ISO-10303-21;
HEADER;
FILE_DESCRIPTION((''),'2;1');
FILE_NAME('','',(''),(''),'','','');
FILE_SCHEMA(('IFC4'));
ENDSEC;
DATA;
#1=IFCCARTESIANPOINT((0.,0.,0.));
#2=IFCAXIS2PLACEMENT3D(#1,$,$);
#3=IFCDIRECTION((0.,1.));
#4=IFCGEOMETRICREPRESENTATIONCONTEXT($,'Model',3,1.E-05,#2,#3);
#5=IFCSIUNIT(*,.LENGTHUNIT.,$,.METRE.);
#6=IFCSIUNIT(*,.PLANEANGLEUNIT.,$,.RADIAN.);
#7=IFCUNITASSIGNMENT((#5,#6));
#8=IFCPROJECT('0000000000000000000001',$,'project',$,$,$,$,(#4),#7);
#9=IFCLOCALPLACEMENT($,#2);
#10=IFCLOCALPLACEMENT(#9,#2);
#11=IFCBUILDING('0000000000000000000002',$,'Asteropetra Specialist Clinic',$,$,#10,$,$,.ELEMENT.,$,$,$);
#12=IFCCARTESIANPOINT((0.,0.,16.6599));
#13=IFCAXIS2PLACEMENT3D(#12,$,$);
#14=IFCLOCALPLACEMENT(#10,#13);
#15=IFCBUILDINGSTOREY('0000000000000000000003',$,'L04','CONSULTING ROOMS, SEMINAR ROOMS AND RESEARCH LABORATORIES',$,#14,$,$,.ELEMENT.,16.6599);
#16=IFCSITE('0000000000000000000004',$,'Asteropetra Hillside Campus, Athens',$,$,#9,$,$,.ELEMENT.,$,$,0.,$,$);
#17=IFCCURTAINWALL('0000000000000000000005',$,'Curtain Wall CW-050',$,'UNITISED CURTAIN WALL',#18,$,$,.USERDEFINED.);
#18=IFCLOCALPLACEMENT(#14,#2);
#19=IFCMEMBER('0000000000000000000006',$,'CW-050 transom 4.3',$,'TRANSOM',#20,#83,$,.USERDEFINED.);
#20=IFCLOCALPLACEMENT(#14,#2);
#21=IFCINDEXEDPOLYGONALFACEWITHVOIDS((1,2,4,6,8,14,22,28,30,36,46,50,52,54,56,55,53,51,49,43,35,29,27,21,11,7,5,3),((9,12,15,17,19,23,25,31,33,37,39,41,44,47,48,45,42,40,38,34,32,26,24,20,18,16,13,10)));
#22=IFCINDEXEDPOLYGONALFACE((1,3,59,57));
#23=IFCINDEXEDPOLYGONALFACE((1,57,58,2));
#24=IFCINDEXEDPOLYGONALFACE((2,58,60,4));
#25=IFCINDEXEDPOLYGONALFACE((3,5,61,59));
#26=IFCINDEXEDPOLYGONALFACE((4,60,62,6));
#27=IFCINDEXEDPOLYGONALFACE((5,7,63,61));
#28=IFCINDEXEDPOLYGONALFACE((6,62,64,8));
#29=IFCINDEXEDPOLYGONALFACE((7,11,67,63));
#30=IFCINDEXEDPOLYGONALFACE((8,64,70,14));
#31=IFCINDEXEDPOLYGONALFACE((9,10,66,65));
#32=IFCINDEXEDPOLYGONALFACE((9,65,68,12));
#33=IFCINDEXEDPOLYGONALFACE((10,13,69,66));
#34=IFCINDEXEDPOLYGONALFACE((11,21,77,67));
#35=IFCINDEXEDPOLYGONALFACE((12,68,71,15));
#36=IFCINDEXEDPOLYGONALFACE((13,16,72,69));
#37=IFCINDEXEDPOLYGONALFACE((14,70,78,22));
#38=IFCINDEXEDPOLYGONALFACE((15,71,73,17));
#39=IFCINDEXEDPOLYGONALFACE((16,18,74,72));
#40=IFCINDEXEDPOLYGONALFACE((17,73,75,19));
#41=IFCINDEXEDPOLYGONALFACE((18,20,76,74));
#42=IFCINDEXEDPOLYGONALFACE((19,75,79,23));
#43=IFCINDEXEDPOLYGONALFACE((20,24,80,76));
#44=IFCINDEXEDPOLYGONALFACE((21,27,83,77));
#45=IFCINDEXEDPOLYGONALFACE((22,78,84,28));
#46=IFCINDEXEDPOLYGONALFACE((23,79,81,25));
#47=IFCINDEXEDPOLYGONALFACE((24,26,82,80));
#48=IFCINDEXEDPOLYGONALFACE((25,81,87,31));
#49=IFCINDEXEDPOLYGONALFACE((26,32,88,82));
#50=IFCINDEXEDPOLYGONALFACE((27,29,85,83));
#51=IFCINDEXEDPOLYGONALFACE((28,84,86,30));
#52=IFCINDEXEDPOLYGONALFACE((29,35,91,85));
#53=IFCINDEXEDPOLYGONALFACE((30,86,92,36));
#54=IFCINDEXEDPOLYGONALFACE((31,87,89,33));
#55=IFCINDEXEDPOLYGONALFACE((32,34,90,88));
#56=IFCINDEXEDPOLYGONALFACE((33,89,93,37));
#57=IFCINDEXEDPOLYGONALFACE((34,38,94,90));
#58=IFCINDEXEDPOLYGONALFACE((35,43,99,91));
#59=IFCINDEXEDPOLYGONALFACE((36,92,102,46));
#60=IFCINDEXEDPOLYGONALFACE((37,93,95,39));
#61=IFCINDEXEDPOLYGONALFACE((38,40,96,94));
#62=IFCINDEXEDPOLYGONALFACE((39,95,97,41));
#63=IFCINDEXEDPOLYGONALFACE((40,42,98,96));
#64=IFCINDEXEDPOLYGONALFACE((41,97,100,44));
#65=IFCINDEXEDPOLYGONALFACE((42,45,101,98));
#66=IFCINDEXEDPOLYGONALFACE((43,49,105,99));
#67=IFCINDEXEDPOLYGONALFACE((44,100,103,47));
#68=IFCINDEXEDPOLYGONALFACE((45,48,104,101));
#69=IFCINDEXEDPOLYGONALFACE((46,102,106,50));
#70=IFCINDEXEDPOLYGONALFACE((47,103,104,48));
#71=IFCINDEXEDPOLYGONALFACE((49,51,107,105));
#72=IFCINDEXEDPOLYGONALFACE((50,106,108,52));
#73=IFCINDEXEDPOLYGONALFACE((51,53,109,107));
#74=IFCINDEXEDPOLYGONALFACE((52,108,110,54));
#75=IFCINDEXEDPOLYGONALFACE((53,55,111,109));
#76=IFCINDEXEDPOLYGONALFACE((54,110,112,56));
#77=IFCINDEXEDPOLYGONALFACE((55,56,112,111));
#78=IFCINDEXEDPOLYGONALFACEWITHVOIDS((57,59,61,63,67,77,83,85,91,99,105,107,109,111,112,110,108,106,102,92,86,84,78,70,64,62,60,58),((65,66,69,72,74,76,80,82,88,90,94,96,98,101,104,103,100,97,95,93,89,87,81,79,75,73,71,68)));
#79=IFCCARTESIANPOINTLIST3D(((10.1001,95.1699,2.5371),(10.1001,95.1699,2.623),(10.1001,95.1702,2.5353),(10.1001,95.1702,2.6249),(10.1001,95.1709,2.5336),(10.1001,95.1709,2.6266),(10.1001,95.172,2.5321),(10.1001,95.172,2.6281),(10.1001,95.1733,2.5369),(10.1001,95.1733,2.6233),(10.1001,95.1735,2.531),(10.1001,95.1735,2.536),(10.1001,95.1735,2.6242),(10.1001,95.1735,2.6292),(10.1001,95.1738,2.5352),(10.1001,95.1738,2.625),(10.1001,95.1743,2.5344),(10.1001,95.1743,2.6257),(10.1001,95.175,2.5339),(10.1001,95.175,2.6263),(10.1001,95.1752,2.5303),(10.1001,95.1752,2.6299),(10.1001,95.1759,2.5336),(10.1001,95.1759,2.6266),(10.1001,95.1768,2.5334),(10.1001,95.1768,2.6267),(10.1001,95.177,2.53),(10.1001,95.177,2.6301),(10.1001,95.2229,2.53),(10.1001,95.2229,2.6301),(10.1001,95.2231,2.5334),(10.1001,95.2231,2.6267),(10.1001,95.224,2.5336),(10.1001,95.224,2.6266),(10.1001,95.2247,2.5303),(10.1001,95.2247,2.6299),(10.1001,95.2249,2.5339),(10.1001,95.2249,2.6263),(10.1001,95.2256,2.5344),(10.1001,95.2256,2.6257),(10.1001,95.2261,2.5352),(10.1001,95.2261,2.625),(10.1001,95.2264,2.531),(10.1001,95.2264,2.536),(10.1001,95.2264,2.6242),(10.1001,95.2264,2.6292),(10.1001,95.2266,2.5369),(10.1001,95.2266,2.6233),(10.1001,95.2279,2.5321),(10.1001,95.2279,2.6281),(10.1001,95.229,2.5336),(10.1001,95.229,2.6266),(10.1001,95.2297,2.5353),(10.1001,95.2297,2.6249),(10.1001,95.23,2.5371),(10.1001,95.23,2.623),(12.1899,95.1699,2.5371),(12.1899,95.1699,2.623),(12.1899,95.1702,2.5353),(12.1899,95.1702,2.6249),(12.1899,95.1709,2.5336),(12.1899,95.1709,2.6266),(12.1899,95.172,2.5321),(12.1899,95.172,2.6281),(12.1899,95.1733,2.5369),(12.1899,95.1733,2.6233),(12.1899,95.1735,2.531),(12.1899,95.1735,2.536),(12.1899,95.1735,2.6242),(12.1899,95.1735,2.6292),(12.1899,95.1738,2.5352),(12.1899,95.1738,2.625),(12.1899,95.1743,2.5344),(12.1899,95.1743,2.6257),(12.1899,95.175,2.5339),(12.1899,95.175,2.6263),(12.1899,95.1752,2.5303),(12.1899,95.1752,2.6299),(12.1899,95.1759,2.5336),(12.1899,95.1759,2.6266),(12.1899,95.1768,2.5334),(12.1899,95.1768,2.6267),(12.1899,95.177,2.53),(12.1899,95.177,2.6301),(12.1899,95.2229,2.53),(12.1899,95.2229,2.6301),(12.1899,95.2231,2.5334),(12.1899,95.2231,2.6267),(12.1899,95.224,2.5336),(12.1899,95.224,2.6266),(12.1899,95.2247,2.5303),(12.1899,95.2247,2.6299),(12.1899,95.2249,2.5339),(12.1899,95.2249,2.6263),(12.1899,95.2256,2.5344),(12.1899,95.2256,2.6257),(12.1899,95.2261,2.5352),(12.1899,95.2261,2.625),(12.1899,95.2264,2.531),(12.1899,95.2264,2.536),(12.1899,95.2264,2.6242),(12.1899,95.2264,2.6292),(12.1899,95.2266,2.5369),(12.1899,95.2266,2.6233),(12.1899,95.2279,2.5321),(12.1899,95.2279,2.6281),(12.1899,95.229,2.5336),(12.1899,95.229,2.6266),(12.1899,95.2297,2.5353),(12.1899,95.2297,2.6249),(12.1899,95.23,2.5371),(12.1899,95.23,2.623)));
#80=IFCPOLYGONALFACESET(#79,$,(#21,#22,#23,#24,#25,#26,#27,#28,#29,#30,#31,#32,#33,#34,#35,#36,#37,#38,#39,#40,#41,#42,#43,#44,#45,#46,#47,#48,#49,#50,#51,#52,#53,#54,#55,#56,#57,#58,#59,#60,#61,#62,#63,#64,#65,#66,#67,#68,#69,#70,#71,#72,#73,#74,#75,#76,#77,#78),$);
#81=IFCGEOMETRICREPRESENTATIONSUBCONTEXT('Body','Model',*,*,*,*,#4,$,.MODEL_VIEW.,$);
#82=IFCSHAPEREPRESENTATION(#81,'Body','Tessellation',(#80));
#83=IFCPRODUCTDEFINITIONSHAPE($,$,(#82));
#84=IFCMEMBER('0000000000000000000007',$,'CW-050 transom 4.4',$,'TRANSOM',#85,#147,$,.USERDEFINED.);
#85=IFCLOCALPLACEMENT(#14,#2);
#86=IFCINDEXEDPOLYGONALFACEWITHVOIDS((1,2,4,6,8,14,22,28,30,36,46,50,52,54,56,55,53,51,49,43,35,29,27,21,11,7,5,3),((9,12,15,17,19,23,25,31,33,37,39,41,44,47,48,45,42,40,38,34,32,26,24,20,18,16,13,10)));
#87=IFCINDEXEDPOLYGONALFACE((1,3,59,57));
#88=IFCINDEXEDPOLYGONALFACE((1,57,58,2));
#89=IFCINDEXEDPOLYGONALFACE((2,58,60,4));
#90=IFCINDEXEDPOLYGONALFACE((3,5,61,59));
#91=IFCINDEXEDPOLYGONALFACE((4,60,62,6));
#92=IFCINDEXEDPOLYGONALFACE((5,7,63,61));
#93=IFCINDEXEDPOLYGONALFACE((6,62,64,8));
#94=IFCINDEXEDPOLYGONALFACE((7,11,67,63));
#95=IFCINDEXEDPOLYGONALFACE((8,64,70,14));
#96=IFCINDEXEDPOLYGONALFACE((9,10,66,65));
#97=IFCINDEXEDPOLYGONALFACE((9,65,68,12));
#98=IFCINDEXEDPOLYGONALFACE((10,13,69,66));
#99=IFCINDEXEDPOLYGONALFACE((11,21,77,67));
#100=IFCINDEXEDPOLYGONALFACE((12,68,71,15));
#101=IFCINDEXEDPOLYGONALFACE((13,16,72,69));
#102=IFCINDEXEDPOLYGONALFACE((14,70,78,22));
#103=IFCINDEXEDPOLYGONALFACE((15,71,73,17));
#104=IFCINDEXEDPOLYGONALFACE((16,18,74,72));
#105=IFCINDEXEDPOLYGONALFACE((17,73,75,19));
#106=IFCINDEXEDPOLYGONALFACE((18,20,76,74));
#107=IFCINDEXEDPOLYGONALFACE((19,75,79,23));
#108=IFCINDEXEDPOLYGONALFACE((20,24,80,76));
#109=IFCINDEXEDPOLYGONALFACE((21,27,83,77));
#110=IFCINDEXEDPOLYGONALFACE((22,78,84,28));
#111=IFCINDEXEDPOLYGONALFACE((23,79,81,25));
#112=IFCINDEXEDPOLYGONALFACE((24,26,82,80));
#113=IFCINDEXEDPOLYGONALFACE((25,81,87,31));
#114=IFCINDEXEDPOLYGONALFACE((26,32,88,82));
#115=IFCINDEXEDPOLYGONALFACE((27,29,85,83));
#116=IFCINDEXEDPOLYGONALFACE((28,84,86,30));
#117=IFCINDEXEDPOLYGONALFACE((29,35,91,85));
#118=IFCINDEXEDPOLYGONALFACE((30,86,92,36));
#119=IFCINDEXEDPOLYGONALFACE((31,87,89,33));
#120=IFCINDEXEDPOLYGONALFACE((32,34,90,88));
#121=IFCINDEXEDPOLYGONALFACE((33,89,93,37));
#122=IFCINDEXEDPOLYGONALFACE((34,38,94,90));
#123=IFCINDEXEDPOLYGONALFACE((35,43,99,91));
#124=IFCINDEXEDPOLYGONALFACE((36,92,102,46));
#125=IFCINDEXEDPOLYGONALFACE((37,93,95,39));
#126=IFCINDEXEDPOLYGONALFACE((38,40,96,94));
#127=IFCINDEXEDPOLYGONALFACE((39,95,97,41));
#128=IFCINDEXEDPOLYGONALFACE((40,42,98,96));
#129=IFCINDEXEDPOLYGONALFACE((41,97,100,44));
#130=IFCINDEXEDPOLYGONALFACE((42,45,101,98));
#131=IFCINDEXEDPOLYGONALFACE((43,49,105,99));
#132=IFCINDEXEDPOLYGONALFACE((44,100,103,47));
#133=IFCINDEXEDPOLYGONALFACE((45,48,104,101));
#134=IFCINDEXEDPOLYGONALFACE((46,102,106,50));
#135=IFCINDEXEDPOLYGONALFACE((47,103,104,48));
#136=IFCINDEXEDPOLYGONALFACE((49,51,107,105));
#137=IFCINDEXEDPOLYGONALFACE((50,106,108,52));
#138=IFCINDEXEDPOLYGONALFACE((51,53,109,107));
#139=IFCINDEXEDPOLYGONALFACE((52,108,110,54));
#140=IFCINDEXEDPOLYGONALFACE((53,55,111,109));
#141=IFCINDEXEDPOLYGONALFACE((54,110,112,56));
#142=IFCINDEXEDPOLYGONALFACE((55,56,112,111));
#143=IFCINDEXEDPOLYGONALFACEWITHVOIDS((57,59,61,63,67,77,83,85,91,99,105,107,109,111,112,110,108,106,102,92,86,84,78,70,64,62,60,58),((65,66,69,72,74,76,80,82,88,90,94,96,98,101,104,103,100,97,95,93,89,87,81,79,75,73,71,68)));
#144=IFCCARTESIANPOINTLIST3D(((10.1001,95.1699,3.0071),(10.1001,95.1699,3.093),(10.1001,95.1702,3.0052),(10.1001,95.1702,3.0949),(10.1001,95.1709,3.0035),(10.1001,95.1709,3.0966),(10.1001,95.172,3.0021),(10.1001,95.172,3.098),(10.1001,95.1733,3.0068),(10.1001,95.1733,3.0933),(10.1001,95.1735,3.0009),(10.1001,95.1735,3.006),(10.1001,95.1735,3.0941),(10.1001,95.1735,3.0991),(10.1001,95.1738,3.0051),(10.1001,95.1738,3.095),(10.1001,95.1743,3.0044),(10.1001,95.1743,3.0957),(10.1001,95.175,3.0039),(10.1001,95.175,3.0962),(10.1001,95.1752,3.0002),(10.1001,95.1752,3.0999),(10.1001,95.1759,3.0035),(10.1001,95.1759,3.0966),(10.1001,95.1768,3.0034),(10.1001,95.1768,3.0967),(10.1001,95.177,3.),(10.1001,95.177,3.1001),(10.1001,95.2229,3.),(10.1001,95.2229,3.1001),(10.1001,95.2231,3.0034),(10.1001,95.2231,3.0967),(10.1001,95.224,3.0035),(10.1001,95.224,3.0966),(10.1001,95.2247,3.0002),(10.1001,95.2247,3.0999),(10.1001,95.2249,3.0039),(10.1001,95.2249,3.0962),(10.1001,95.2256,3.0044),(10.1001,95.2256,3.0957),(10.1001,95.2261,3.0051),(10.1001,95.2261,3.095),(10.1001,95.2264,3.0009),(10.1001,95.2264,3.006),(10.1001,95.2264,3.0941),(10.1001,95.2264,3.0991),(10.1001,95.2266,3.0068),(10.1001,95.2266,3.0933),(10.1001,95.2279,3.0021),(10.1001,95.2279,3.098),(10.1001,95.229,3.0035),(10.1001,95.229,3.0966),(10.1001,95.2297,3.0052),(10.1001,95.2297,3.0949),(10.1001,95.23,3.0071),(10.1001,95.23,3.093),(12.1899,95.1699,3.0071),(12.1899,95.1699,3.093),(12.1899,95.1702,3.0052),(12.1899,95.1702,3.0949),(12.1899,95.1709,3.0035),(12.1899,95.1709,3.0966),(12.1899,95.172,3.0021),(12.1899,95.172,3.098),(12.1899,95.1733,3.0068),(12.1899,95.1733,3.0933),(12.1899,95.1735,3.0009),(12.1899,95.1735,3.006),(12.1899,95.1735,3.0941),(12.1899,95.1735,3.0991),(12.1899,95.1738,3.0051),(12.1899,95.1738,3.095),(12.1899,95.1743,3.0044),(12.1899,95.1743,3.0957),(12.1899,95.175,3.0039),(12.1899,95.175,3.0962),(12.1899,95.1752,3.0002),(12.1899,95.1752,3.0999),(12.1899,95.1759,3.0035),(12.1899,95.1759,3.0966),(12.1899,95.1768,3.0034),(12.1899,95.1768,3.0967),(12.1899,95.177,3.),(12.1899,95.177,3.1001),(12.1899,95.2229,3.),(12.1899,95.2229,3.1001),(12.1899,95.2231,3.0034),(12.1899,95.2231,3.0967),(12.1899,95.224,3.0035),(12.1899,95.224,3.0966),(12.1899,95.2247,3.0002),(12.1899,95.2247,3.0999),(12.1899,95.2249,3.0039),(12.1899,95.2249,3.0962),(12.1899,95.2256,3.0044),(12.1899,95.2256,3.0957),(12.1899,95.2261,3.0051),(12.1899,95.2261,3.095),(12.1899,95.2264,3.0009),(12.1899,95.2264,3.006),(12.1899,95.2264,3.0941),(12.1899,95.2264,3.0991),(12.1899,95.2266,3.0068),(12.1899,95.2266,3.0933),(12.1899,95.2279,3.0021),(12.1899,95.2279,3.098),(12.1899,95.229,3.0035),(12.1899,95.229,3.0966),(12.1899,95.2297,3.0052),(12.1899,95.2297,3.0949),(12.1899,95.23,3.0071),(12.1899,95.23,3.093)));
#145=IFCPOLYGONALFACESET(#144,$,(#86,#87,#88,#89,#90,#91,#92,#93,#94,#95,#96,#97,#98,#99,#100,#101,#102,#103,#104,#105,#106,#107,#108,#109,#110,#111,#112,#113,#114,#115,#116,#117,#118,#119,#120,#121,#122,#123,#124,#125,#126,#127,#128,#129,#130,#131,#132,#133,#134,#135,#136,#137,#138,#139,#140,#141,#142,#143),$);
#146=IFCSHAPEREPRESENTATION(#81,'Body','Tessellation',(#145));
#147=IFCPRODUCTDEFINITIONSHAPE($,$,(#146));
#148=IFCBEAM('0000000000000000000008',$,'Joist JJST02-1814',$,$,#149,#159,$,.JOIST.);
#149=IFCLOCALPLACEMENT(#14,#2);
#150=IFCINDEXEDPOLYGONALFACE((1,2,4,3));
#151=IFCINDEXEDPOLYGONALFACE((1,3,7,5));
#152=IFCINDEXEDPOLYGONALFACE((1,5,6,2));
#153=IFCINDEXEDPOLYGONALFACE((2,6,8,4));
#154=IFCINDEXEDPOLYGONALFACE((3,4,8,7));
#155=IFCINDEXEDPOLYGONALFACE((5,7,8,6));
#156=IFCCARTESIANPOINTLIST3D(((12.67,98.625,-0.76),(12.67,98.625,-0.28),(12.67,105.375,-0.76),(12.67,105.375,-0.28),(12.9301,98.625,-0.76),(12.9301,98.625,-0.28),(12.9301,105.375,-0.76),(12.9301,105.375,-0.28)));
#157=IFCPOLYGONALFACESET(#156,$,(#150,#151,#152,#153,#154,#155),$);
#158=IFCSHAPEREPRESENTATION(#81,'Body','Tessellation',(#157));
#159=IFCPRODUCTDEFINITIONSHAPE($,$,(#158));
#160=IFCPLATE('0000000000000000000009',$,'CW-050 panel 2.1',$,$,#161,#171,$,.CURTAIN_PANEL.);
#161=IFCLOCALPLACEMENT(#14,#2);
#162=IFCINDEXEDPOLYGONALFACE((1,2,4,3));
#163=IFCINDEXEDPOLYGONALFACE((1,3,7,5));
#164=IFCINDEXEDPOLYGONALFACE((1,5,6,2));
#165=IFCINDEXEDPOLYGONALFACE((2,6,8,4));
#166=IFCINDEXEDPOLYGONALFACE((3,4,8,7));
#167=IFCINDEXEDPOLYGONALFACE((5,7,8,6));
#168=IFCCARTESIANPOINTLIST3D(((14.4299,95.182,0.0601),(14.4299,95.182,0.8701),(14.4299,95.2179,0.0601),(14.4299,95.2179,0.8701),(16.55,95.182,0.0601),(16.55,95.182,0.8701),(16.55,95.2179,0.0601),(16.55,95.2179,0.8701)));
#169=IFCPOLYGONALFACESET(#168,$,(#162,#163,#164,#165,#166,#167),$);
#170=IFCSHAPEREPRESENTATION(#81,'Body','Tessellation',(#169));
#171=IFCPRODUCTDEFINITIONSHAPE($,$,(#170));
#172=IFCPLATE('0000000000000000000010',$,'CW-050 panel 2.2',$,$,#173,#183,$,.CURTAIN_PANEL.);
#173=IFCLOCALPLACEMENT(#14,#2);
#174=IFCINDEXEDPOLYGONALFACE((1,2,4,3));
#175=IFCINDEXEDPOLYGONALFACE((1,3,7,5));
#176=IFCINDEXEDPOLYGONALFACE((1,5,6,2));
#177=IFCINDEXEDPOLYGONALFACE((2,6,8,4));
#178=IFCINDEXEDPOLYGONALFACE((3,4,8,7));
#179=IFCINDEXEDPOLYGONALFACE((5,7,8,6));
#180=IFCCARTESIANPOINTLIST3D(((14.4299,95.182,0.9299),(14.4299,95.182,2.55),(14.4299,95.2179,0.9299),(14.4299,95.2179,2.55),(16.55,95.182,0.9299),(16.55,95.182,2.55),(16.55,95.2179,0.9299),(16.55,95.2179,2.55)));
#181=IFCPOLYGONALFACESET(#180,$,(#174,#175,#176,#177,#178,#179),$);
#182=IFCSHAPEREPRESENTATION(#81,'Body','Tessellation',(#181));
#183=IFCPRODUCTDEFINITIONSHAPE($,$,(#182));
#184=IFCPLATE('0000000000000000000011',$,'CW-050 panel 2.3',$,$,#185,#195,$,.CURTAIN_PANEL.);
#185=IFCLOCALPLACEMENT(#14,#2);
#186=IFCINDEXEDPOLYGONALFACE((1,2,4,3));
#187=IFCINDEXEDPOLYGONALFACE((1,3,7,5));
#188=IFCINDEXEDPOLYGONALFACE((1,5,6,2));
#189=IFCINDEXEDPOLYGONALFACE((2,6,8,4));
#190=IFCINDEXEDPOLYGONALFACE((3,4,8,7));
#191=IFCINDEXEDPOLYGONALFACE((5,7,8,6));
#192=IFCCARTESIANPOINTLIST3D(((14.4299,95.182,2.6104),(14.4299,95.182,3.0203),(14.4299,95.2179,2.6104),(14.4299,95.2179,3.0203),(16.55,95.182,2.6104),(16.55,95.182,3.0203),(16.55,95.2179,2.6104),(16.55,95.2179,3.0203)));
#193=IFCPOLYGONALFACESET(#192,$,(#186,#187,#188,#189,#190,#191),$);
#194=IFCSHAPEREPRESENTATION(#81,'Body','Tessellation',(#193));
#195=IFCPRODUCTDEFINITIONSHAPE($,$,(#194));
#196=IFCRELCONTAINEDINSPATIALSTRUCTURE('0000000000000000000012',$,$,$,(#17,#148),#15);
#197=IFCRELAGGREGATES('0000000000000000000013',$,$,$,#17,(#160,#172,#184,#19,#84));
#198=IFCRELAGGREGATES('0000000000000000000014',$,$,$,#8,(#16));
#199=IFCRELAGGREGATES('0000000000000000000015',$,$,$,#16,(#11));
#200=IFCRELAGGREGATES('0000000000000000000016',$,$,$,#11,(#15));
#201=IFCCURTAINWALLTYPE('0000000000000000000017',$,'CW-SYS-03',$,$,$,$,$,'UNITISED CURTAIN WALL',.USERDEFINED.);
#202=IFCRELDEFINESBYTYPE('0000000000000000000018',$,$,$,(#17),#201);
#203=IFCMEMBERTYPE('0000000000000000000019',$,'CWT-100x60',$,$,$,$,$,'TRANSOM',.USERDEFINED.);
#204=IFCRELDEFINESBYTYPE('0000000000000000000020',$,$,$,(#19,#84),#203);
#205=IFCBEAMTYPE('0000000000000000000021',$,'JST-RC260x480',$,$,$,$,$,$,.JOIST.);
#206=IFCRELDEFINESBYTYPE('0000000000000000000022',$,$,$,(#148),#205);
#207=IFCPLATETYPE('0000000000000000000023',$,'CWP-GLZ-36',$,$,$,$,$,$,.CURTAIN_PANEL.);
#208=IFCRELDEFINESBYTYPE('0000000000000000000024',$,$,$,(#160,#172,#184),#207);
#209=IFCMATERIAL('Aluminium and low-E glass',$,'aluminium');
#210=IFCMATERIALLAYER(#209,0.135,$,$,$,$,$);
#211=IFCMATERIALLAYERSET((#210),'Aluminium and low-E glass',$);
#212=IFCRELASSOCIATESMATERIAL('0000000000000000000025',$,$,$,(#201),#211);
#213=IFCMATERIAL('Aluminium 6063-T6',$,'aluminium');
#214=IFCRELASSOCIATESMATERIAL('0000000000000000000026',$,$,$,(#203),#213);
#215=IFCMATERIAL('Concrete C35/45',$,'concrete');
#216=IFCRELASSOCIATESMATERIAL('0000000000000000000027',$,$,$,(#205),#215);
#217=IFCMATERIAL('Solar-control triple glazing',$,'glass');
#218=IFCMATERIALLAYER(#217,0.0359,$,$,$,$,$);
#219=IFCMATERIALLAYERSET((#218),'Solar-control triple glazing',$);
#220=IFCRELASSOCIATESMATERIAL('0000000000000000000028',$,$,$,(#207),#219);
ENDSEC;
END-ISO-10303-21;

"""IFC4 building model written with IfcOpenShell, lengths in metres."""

from ifc_helpers import new_model, si_unit, direction, frame, origin, origin_2d, place, context, subcontext, project, spatial, rectangle, hollow_rectangle, extrude, material, layer, layer_set, material_profile, profile_set, type_object, element, aggregate, save


model = new_model("IFC4")

# Units and contexts
model_context = context("Model", 3, precision=1e-05, world=origin(), true_north=direction((0.0, 1.0)))
body_context = subcontext(model_context, "Body", "Model", "MODEL_VIEW")
ifc_project = project(units=[si_unit("LENGTHUNIT", "METRE"), si_unit("PLANEANGLEUNIT", "RADIAN")], contexts=[model_context])

# Site, building, storey
site_placement = place(None, origin())
site = spatial("IfcSite", under=ifc_project, at=site_placement, Name="Asteropetra Hillside Campus, Athens", CompositionType="ELEMENT", RefElevation=0.0)
building_placement = place(site_placement, origin())
building = spatial("IfcBuilding", under=site, at=building_placement, Name="Asteropetra Specialist Clinic", CompositionType="ELEMENT")
storey_placement = place(building_placement, frame((0.0, 0.0, 16.6599)))
storey = spatial("IfcBuildingStorey", under=building, at=storey_placement, Name="L04", Description="CONSULTING ROOMS, SEMINAR ROOMS AND RESEARCH LABORATORIES", CompositionType="ELEMENT", Elevation=16.6599)

# Curtain wall
ifc_material_1 = material(Name="Aluminium and low-E glass", Category="aluminium")
ifc_layer_1 = layer(ifc_material_1, 0.135)
ifc_layer_set_1 = layer_set([ifc_layer_1], Name="Aluminium and low-E glass")
curtain_wall_type_1 = type_object("IfcCurtainWallType", Name="CW-SYS-03", ElementType="UNITISED CURTAIN WALL", PredefinedType="USERDEFINED", material=ifc_layer_set_1)
curtain_wall_1_placement = place(storey_placement, origin())
curtain_wall_1 = element("IfcCurtainWall", 1, at=curtain_wall_1_placement, inside=storey, type_object=curtain_wall_type_1, Name="Curtain Wall CW-050", ObjectType="UNITISED CURTAIN WALL", PredefinedType="USERDEFINED")

# Members
ifc_material_2 = material(Name="Aluminium 6063-T6", Category="aluminium")
ifc_material_profile_1 = material_profile(ifc_material_2, hollow_rectangle(XDim=0.0601, YDim=0.1001, WallThickness=0.0034, InnerFilletRadius=0.0034, OuterFilletRadius=0.0071, at=origin_2d()), Name="TRN 100x60x3.5")
ifc_profile_set_1 = profile_set([ifc_material_profile_1], Name="Aluminium 6063-T6")
member_type_1 = type_object("IfcMemberType", Name="CWT-100x60", ElementType="TRANSOM", PredefinedType="USERDEFINED", material=ifc_profile_set_1)
member_1_placement = place(storey_placement, frame((12.1899, 95.2, 2.5801), z_axis=(-1.0, 0.0, 0.0), x_axis=(0.0, -1.0, 0.0)))
member_1 = element("IfcMember", 2, at=member_1_placement, type_object=member_type_1, Name="CW-050 transom 4.3", ObjectType="TRANSOM", PredefinedType="USERDEFINED", context=body_context, shape_type="SweptSolid", body=[
    extrude(hollow_rectangle(XDim=0.0601, YDim=0.1001, WallThickness=0.0034, InnerFilletRadius=0.0034, OuterFilletRadius=0.0071, at=origin_2d()), origin(), (0.0, 0.0, 1.0), 2.0898),
])
member_2_placement = place(storey_placement, frame((12.1899, 95.2, 3.05), z_axis=(-1.0, 0.0, 0.0), x_axis=(0.0, -1.0, 0.0)))
member_2 = element("IfcMember", 3, at=member_2_placement, type_object=member_type_1, Name="CW-050 transom 4.4", ObjectType="TRANSOM", PredefinedType="USERDEFINED", context=body_context, shape_type="SweptSolid", body=[
    extrude(hollow_rectangle(XDim=0.0601, YDim=0.1001, WallThickness=0.0034, InnerFilletRadius=0.0034, OuterFilletRadius=0.0071, at=origin_2d()), origin(), (0.0, 0.0, 1.0), 2.0898),
])

# Beam
ifc_material_3 = material(Name="Concrete C35/45", Category="concrete")
ifc_material_profile_2 = material_profile(ifc_material_3, rectangle(XDim=0.26, YDim=0.48, at=origin_2d()), Name="RCJ 260x480")
ifc_profile_set_2 = profile_set([ifc_material_profile_2], Name="Concrete C35/45")
beam_type_1 = type_object("IfcBeamType", Name="JST-RC260x480", PredefinedType="JOIST", material=ifc_profile_set_2)
beam_1_placement = place(storey_placement, frame((12.8, 98.625, -0.52), z_axis=(0.0, 1.0, 0.0), x_axis=(-1.0, 0.0, 0.0)))
element("IfcBeam", 4, at=beam_1_placement, inside=storey, type_object=beam_type_1, Name="Joist JJST02-1814", PredefinedType="JOIST", context=body_context, shape_type="SweptSolid", body=[
    extrude(rectangle(XDim=0.26, YDim=0.48, at=origin_2d()), origin(), (0.0, 0.0, 1.0), 6.75),
])

# Plates
ifc_material_4 = material(Name="Solar-control triple glazing", Category="glass")
ifc_layer_2 = layer(ifc_material_4, 0.0359)
ifc_layer_set_2 = layer_set([ifc_layer_2], Name="Solar-control triple glazing")
plate_type = type_object("IfcPlateType", Name="CWP-GLZ-36", PredefinedType="CURTAIN_PANEL", material=ifc_layer_set_2)
plate_1_placement = place(storey_placement, frame((15.49, 95.2, 0.0601), z_axis=(0.0, 0.0, 1.0), x_axis=(-1.0, 0.0, 0.0)))
plate_1 = element("IfcPlate", 5, at=plate_1_placement, type_object=plate_type, Name="CW-050 panel 2.1", PredefinedType="CURTAIN_PANEL", context=body_context, shape_type="SweptSolid", body=[
    extrude(rectangle(XDim=2.1201, YDim=0.0359, at=origin_2d()), origin(), (0.0, 0.0, 1.0), 0.8101),
])
plate_2_placement = place(storey_placement, frame((15.49, 95.2, 0.9299), z_axis=(0.0, 0.0, 1.0), x_axis=(-1.0, 0.0, 0.0)))
plate_2 = element("IfcPlate", 6, at=plate_2_placement, type_object=plate_type, Name="CW-050 panel 2.2", PredefinedType="CURTAIN_PANEL", context=body_context, shape_type="SweptSolid", body=[
    extrude(rectangle(XDim=2.1201, YDim=0.0359, at=origin_2d()), origin(), (0.0, 0.0, 1.0), 1.6201),
])
plate_3_placement = place(storey_placement, frame((15.49, 95.2, 2.6104), z_axis=(0.0, 0.0, 1.0), x_axis=(-1.0, 0.0, 0.0)))
plate_3 = element("IfcPlate", 7, at=plate_3_placement, type_object=plate_type, Name="CW-050 panel 2.3", PredefinedType="CURTAIN_PANEL", context=body_context, shape_type="SweptSolid", body=[
    extrude(rectangle(XDim=2.1201, YDim=0.0359, at=origin_2d()), origin(), (0.0, 0.0, 1.0), 0.4099),
])
aggregate(curtain_wall_1, [plate_1, plate_2, plate_3, member_1, member_2])

save(model, "model.ifc")
